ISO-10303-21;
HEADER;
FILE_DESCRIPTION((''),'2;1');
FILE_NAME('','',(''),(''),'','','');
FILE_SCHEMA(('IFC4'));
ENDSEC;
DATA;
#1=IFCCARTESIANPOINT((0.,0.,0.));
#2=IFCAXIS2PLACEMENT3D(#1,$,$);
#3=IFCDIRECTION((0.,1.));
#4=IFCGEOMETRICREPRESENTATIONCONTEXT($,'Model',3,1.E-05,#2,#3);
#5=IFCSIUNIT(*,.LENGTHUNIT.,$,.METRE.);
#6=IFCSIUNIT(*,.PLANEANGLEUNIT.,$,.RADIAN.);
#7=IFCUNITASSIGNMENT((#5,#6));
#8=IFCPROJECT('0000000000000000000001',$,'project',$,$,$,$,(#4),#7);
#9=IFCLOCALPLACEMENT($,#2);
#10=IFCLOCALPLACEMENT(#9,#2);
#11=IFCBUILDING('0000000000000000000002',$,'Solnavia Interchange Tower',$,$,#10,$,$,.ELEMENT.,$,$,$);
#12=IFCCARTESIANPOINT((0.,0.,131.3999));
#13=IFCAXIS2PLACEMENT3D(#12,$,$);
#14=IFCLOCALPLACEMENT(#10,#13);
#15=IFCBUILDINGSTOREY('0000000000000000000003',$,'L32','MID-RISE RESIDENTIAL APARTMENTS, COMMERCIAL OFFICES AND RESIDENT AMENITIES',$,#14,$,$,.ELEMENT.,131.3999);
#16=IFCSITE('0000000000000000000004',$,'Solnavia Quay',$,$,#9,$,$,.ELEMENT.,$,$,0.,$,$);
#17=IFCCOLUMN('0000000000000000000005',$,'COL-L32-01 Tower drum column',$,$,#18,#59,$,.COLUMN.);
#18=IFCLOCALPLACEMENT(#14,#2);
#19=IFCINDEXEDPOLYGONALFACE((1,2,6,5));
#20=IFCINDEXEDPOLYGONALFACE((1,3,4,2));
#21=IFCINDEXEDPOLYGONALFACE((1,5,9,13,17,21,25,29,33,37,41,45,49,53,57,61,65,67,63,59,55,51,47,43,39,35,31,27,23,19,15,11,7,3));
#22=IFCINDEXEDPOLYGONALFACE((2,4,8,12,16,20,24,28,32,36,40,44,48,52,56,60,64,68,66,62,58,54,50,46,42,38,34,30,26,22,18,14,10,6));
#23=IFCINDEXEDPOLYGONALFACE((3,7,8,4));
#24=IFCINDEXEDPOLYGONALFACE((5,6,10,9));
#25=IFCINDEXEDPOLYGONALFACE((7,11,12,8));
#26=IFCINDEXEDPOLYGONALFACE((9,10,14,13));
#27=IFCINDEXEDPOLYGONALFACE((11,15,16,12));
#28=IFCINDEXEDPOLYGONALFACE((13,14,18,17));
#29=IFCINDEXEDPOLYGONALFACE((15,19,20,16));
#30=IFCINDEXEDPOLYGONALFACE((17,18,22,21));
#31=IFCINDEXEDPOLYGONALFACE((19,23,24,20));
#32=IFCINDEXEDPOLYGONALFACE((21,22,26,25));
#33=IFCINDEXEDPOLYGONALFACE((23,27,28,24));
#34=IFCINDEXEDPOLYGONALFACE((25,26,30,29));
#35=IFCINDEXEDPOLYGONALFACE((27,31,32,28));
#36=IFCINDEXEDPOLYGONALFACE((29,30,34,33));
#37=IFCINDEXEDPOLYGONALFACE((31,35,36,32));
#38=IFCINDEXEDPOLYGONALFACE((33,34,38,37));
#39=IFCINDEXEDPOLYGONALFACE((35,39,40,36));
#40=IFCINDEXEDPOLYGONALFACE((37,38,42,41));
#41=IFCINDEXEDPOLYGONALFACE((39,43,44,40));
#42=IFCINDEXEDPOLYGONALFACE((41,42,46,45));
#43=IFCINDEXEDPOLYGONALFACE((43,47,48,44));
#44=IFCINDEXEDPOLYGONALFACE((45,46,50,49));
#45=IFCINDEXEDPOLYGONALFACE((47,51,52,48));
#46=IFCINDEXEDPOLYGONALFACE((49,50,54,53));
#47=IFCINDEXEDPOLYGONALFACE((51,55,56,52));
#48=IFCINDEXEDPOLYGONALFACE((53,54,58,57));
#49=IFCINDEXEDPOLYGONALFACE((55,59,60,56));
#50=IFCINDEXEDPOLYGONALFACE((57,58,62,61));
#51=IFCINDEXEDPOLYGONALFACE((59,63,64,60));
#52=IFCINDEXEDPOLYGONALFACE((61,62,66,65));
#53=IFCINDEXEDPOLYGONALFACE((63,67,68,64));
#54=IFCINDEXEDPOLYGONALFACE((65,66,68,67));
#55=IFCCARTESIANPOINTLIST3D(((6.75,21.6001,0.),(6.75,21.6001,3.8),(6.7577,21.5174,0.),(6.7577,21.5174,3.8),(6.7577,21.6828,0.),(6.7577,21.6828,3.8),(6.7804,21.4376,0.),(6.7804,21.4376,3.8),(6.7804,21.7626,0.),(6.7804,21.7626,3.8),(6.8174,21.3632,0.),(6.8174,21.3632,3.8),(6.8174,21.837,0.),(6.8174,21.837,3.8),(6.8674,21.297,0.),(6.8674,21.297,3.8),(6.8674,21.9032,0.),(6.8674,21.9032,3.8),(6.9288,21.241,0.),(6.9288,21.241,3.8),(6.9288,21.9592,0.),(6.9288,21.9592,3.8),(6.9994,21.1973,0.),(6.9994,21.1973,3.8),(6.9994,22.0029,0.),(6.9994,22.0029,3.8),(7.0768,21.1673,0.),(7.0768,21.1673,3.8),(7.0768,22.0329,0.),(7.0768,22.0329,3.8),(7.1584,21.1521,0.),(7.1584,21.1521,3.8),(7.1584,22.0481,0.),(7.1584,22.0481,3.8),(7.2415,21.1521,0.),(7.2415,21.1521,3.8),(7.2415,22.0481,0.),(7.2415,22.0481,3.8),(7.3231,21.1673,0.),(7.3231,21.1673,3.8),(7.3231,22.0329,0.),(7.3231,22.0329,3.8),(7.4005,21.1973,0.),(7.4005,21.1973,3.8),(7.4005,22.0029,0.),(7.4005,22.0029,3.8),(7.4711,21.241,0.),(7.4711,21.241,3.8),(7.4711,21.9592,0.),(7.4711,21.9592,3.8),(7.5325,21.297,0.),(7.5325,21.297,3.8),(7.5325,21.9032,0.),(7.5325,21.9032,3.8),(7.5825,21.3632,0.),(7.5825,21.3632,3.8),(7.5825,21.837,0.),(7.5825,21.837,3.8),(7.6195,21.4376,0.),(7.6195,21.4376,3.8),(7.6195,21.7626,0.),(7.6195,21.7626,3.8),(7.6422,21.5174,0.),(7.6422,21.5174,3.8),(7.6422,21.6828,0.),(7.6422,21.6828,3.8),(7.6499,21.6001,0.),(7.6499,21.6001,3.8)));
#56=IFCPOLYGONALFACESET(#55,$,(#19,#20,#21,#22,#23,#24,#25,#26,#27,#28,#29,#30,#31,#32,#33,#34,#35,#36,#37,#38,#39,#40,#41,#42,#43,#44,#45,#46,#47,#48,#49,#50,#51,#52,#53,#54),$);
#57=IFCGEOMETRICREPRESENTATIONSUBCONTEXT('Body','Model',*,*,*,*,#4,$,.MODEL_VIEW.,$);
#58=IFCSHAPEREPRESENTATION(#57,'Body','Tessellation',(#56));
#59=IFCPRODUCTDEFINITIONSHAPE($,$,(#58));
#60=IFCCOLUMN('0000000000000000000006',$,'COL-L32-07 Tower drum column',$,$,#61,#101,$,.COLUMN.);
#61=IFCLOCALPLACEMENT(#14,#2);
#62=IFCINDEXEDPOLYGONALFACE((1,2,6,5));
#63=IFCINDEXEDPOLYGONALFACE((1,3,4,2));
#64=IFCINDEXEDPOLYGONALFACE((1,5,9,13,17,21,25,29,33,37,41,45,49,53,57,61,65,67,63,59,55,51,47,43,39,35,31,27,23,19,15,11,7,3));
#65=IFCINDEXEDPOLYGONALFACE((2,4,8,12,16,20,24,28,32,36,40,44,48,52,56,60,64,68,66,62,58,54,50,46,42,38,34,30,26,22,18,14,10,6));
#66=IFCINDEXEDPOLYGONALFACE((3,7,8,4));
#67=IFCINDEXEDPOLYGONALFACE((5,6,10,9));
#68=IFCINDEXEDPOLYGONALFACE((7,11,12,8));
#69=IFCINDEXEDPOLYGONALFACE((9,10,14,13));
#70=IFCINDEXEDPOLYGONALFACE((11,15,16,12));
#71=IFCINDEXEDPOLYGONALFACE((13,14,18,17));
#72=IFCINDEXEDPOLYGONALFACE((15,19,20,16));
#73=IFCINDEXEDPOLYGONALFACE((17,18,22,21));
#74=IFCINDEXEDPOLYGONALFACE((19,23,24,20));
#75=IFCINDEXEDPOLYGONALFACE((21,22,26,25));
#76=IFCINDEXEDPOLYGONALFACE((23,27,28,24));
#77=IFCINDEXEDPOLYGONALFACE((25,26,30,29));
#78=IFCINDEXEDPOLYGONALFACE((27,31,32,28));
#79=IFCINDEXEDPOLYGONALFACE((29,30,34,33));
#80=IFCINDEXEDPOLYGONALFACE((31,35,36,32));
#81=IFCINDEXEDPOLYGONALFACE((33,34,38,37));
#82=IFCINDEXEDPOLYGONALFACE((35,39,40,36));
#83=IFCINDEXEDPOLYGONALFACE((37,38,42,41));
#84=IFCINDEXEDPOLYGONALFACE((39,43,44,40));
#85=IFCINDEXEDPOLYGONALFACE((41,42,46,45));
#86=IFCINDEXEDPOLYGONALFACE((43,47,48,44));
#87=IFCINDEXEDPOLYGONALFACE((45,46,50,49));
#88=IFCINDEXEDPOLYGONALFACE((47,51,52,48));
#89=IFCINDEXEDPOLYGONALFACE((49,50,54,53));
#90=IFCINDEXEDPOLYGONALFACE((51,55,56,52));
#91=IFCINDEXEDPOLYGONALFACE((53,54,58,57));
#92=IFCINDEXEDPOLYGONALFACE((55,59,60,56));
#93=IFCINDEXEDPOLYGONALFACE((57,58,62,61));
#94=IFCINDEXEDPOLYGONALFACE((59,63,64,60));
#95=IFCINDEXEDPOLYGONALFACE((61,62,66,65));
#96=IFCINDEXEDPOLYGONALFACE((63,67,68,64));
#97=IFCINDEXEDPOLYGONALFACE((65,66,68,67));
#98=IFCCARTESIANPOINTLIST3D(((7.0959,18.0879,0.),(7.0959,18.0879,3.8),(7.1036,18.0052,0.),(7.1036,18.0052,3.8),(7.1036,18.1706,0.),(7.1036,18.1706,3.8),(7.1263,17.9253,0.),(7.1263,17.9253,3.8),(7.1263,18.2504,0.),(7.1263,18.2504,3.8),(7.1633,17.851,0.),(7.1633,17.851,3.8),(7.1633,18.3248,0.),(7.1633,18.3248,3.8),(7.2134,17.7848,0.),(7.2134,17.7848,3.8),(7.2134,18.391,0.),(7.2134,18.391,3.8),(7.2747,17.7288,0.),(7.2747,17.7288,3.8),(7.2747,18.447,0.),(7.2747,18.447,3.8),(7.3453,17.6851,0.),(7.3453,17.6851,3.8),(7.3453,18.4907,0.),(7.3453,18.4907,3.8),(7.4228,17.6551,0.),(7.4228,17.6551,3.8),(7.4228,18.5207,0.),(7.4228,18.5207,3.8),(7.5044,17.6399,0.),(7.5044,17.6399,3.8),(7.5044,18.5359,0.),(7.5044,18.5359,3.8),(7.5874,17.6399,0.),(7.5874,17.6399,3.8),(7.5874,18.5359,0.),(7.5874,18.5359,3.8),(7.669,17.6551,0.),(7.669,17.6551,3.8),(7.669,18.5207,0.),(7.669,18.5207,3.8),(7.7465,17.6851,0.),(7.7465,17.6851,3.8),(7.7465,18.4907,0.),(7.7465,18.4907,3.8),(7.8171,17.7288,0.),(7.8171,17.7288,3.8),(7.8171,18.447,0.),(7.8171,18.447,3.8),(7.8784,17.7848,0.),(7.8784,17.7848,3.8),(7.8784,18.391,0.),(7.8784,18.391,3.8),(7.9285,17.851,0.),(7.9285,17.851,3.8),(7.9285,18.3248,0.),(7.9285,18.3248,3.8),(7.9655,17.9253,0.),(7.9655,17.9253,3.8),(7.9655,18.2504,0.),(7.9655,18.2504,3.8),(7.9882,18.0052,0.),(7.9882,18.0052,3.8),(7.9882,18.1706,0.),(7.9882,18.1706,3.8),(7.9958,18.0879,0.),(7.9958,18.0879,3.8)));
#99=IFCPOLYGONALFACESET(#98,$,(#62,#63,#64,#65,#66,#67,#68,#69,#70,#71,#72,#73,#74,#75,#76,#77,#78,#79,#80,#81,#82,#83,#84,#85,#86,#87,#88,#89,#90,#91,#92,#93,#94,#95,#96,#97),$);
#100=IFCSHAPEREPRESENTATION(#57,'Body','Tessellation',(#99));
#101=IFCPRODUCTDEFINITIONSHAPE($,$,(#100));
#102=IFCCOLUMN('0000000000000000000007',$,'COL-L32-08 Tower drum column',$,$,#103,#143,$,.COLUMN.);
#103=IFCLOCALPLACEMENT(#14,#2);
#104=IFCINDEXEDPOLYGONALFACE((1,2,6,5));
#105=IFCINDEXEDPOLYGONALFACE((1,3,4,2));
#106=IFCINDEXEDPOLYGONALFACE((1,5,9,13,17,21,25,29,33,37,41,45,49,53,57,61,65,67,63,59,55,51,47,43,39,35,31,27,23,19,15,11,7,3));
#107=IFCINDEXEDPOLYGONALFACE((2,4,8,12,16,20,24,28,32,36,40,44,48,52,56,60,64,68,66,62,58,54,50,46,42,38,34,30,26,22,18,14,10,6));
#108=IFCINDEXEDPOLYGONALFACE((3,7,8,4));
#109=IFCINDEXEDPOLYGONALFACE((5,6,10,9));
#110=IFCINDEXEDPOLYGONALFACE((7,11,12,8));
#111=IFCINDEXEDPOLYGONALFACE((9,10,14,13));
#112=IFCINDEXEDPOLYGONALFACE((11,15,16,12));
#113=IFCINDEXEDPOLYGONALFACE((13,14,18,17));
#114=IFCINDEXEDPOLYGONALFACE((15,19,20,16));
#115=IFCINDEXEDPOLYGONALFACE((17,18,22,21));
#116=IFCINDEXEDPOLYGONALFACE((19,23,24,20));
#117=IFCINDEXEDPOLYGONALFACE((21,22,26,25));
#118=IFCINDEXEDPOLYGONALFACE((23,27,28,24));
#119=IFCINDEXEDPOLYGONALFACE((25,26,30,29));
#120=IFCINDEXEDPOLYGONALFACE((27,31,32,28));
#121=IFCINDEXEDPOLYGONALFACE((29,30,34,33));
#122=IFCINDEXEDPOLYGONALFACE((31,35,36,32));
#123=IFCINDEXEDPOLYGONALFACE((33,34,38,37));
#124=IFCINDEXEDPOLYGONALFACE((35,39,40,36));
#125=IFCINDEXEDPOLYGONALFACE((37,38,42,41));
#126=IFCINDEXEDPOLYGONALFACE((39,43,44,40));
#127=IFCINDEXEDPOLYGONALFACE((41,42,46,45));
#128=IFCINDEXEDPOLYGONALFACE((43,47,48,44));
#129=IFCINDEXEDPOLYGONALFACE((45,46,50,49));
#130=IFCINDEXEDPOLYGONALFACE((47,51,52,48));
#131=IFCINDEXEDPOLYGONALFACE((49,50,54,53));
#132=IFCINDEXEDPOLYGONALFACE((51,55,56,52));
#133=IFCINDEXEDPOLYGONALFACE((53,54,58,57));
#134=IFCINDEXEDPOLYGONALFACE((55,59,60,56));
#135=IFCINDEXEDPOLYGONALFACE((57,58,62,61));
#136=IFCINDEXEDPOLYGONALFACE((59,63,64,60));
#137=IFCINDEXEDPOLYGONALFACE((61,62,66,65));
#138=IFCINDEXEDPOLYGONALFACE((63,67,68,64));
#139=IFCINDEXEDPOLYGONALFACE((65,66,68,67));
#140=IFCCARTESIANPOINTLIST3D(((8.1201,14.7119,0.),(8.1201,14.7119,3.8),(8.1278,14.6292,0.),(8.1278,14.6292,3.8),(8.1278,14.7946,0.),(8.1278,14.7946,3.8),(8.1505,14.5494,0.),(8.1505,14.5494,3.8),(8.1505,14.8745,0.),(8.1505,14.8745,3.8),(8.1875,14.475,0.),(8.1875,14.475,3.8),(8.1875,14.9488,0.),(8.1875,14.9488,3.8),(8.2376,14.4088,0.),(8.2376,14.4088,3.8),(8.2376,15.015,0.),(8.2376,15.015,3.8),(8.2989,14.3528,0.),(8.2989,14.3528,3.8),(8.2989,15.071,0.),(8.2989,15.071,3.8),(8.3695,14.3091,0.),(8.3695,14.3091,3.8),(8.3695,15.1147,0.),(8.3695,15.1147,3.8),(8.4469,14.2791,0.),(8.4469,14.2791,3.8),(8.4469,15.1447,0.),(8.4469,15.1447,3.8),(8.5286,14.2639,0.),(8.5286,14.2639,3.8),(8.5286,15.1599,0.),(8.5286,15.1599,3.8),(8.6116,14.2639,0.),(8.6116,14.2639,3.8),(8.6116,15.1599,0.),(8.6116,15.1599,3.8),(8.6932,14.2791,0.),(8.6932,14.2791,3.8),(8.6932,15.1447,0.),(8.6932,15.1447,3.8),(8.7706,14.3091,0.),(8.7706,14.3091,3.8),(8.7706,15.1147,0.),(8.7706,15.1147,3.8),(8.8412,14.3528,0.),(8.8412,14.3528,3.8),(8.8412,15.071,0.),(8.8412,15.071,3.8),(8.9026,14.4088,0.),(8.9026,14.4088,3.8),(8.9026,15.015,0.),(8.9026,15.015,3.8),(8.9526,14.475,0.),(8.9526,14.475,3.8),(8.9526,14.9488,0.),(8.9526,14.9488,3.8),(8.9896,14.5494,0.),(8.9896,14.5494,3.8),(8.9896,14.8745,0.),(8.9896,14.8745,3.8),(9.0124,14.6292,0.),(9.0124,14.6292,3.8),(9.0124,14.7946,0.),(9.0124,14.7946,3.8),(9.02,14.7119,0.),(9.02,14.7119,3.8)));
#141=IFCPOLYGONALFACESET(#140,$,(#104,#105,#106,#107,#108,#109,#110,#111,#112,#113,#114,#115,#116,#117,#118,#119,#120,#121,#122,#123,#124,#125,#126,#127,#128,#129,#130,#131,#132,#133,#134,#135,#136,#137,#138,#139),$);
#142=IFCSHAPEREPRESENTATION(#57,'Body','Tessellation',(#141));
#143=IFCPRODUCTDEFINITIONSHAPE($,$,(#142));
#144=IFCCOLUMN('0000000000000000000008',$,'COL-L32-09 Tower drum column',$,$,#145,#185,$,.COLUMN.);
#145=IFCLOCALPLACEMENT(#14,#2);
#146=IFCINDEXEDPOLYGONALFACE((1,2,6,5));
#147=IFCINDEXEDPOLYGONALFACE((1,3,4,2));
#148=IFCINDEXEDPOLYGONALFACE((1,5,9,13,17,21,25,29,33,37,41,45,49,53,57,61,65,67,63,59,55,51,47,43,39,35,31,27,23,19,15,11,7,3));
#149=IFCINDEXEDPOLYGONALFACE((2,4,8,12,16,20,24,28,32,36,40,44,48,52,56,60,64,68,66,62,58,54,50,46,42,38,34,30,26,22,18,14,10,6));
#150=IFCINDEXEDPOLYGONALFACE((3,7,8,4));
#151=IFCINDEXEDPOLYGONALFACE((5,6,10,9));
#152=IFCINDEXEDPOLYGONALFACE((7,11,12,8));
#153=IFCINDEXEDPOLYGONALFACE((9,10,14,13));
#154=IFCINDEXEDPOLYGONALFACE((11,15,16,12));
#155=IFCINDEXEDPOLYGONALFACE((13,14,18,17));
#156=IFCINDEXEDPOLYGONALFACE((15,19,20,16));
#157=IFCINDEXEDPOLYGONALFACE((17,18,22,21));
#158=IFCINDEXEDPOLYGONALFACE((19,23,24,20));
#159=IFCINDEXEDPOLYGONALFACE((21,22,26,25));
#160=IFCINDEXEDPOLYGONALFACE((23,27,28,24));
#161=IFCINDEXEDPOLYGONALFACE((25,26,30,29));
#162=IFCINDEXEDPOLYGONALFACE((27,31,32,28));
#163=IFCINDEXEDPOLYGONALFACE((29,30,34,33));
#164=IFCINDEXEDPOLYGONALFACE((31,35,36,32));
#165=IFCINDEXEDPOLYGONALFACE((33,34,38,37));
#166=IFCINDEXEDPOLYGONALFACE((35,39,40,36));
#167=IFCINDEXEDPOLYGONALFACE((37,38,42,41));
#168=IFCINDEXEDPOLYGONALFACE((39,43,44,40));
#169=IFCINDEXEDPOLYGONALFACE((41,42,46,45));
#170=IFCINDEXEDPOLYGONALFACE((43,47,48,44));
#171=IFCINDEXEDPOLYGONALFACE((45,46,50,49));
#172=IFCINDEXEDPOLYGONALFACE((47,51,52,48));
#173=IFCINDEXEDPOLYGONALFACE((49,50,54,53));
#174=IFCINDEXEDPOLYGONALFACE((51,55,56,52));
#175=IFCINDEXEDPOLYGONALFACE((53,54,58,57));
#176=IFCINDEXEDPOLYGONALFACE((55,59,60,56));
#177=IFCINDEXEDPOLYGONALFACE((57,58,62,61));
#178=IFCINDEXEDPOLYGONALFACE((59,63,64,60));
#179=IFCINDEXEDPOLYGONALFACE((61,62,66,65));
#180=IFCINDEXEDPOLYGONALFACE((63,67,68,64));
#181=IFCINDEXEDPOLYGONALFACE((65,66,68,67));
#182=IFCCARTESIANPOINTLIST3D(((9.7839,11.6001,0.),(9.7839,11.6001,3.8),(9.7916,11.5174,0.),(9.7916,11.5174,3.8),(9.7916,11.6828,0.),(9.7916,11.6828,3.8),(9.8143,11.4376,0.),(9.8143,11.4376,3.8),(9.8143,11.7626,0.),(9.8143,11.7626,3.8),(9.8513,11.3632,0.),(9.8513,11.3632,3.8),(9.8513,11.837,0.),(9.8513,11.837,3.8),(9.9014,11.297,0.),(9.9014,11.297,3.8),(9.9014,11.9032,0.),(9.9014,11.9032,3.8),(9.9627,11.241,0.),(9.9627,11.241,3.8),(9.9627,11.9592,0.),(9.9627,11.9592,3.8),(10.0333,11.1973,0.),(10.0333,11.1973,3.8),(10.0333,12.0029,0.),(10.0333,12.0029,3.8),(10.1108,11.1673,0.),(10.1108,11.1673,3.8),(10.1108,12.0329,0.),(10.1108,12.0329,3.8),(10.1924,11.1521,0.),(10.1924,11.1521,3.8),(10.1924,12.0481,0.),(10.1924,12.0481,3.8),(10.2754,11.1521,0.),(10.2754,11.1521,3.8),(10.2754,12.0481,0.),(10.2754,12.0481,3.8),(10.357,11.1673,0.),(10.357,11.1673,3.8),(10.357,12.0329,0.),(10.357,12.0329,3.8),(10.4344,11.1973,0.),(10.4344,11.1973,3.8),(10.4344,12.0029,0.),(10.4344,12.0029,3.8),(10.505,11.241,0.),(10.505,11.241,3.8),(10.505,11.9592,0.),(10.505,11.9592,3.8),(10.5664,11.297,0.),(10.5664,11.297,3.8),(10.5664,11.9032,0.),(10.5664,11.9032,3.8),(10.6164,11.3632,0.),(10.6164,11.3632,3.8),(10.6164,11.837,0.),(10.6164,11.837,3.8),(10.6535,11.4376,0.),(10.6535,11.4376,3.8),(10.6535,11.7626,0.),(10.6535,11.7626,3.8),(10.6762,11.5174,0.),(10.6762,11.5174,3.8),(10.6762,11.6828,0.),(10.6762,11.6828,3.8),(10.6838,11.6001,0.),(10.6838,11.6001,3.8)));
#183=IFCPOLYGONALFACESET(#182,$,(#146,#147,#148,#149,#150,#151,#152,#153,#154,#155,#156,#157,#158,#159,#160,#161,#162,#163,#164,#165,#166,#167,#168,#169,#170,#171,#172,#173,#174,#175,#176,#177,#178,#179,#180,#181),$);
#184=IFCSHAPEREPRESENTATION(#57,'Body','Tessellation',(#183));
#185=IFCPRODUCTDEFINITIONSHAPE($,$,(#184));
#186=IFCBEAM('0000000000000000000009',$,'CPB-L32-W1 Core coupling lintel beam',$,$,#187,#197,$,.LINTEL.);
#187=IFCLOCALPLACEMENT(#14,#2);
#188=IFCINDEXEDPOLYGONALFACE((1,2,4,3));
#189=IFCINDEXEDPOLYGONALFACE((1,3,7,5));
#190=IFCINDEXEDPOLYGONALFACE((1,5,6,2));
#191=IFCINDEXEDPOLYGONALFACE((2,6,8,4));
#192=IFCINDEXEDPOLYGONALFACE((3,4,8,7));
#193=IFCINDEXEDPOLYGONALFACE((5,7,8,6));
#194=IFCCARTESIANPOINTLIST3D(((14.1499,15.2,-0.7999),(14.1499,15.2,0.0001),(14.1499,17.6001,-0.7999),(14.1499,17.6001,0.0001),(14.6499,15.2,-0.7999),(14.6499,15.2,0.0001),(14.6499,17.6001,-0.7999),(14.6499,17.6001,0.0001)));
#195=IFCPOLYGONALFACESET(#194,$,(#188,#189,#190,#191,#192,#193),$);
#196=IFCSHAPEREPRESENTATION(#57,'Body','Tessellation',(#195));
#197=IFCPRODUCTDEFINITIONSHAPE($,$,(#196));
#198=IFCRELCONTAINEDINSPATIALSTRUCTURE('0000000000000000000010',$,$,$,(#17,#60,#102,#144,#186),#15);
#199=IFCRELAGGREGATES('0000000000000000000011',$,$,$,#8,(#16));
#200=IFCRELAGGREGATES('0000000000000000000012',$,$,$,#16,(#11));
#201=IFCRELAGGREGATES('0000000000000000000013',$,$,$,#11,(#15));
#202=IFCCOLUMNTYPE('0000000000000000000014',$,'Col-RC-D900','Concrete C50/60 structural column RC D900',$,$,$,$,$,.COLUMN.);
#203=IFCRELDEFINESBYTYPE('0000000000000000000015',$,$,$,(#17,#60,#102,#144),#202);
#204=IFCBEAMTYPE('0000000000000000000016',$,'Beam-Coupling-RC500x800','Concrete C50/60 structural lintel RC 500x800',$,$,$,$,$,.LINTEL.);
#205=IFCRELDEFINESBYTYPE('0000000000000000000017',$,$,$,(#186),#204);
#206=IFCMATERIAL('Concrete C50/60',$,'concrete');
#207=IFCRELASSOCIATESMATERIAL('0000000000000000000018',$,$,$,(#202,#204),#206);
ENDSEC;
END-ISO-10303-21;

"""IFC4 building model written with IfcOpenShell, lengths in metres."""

from ifc_helpers import new_model, si_unit, direction, frame, origin, origin_2d, place, context, subcontext, project, spatial, rectangle, circle, extrude, material, material_profile, profile_set, type_object, element, save


model = new_model("IFC4")

# Units and contexts
model_context = context("Model", 3, precision=1e-05, world=origin(), true_north=direction((0.0, 1.0)))
body_context = subcontext(model_context, "Body", "Model", "MODEL_VIEW")
ifc_project = project(units=[si_unit("LENGTHUNIT", "METRE"), si_unit("PLANEANGLEUNIT", "RADIAN")], contexts=[model_context])

# Site, building, storey
site_placement = place(None, origin())
site = spatial("IfcSite", under=ifc_project, at=site_placement, Name="Solnavia Quay", CompositionType="ELEMENT", RefElevation=0.0)
building_placement = place(site_placement, origin())
building = spatial("IfcBuilding", under=site, at=building_placement, Name="Solnavia Interchange Tower", CompositionType="ELEMENT")
storey_placement = place(building_placement, frame((0.0, 0.0, 131.3999)))
storey = spatial("IfcBuildingStorey", under=building, at=storey_placement, Name="L32", Description="MID-RISE RESIDENTIAL APARTMENTS, COMMERCIAL OFFICES AND RESIDENT AMENITIES", CompositionType="ELEMENT", Elevation=131.3999)

# Columns
ifc_material_1 = material(Name="Concrete C50/60", Category="concrete")
ifc_material_profile_1 = material_profile(ifc_material_1, circle(Radius=0.45, at=origin_2d()), Name="RC D900")
ifc_profile_set_1 = profile_set([ifc_material_profile_1], Name="Concrete C50/60")
column_type = type_object("IfcColumnType", Name="Col-RC-D900", Description="Concrete C50/60 structural column RC D900", PredefinedType="COLUMN", material=ifc_profile_set_1)
for number, where, z_axis, x_axis, name in (
    (1, (7.2, 21.6001, 0.0), (0.0, 0.0, 1.0), (1.0, 0.0, 0.0), "COL-L32-01 Tower drum column"),
    (2, (7.5459, 18.0879, 0.0), (0.0, 0.0, 1.0), (1.0, 0.0, 0.0), "COL-L32-07 Tower drum column"),
    (3, (8.5701, 14.7119, 0.0), (0.0, 0.0, 1.0), (1.0, 0.0, 0.0), "COL-L32-08 Tower drum column"),
    (4, (10.2339, 11.6001, 0.0), (0.0, 0.0, 1.0), (1.0, 0.0, 0.0), "COL-L32-09 Tower drum column"),
):
    element("IfcColumn", number, at=place(storey_placement, frame(where, z_axis=z_axis, x_axis=x_axis)), inside=storey, type_object=column_type, Name=name, PredefinedType="COLUMN", context=body_context, shape_type="SweptSolid", body=[
        extrude(circle(Radius=0.45, at=origin_2d()), origin(), (0.0, 0.0, 1.0), 3.8),
    ])

# Beam
ifc_material_profile_2 = material_profile(ifc_material_1, rectangle(XDim=0.5, YDim=0.8, at=origin_2d()), Name="RC 500x800")
ifc_profile_set_2 = profile_set([ifc_material_profile_2], Name="Concrete C50/60")
beam_type_1 = type_object("IfcBeamType", Name="Beam-Coupling-RC500x800", Description="Concrete C50/60 structural lintel RC 500x800", PredefinedType="LINTEL", material=ifc_profile_set_2)
beam_1_placement = place(storey_placement, frame((14.3999, 15.2, -0.3999), z_axis=(0.0, 1.0, 0.0), x_axis=(-1.0, 0.0, 0.0)))
element("IfcBeam", 5, at=beam_1_placement, inside=storey, type_object=beam_type_1, Name="CPB-L32-W1 Core coupling lintel beam", PredefinedType="LINTEL", context=body_context, shape_type="SweptSolid", body=[
    extrude(rectangle(XDim=0.5, YDim=0.8, at=origin_2d()), origin(), (0.0, 0.0, 1.0), 2.4001),
])

save(model, "model.ifc")
